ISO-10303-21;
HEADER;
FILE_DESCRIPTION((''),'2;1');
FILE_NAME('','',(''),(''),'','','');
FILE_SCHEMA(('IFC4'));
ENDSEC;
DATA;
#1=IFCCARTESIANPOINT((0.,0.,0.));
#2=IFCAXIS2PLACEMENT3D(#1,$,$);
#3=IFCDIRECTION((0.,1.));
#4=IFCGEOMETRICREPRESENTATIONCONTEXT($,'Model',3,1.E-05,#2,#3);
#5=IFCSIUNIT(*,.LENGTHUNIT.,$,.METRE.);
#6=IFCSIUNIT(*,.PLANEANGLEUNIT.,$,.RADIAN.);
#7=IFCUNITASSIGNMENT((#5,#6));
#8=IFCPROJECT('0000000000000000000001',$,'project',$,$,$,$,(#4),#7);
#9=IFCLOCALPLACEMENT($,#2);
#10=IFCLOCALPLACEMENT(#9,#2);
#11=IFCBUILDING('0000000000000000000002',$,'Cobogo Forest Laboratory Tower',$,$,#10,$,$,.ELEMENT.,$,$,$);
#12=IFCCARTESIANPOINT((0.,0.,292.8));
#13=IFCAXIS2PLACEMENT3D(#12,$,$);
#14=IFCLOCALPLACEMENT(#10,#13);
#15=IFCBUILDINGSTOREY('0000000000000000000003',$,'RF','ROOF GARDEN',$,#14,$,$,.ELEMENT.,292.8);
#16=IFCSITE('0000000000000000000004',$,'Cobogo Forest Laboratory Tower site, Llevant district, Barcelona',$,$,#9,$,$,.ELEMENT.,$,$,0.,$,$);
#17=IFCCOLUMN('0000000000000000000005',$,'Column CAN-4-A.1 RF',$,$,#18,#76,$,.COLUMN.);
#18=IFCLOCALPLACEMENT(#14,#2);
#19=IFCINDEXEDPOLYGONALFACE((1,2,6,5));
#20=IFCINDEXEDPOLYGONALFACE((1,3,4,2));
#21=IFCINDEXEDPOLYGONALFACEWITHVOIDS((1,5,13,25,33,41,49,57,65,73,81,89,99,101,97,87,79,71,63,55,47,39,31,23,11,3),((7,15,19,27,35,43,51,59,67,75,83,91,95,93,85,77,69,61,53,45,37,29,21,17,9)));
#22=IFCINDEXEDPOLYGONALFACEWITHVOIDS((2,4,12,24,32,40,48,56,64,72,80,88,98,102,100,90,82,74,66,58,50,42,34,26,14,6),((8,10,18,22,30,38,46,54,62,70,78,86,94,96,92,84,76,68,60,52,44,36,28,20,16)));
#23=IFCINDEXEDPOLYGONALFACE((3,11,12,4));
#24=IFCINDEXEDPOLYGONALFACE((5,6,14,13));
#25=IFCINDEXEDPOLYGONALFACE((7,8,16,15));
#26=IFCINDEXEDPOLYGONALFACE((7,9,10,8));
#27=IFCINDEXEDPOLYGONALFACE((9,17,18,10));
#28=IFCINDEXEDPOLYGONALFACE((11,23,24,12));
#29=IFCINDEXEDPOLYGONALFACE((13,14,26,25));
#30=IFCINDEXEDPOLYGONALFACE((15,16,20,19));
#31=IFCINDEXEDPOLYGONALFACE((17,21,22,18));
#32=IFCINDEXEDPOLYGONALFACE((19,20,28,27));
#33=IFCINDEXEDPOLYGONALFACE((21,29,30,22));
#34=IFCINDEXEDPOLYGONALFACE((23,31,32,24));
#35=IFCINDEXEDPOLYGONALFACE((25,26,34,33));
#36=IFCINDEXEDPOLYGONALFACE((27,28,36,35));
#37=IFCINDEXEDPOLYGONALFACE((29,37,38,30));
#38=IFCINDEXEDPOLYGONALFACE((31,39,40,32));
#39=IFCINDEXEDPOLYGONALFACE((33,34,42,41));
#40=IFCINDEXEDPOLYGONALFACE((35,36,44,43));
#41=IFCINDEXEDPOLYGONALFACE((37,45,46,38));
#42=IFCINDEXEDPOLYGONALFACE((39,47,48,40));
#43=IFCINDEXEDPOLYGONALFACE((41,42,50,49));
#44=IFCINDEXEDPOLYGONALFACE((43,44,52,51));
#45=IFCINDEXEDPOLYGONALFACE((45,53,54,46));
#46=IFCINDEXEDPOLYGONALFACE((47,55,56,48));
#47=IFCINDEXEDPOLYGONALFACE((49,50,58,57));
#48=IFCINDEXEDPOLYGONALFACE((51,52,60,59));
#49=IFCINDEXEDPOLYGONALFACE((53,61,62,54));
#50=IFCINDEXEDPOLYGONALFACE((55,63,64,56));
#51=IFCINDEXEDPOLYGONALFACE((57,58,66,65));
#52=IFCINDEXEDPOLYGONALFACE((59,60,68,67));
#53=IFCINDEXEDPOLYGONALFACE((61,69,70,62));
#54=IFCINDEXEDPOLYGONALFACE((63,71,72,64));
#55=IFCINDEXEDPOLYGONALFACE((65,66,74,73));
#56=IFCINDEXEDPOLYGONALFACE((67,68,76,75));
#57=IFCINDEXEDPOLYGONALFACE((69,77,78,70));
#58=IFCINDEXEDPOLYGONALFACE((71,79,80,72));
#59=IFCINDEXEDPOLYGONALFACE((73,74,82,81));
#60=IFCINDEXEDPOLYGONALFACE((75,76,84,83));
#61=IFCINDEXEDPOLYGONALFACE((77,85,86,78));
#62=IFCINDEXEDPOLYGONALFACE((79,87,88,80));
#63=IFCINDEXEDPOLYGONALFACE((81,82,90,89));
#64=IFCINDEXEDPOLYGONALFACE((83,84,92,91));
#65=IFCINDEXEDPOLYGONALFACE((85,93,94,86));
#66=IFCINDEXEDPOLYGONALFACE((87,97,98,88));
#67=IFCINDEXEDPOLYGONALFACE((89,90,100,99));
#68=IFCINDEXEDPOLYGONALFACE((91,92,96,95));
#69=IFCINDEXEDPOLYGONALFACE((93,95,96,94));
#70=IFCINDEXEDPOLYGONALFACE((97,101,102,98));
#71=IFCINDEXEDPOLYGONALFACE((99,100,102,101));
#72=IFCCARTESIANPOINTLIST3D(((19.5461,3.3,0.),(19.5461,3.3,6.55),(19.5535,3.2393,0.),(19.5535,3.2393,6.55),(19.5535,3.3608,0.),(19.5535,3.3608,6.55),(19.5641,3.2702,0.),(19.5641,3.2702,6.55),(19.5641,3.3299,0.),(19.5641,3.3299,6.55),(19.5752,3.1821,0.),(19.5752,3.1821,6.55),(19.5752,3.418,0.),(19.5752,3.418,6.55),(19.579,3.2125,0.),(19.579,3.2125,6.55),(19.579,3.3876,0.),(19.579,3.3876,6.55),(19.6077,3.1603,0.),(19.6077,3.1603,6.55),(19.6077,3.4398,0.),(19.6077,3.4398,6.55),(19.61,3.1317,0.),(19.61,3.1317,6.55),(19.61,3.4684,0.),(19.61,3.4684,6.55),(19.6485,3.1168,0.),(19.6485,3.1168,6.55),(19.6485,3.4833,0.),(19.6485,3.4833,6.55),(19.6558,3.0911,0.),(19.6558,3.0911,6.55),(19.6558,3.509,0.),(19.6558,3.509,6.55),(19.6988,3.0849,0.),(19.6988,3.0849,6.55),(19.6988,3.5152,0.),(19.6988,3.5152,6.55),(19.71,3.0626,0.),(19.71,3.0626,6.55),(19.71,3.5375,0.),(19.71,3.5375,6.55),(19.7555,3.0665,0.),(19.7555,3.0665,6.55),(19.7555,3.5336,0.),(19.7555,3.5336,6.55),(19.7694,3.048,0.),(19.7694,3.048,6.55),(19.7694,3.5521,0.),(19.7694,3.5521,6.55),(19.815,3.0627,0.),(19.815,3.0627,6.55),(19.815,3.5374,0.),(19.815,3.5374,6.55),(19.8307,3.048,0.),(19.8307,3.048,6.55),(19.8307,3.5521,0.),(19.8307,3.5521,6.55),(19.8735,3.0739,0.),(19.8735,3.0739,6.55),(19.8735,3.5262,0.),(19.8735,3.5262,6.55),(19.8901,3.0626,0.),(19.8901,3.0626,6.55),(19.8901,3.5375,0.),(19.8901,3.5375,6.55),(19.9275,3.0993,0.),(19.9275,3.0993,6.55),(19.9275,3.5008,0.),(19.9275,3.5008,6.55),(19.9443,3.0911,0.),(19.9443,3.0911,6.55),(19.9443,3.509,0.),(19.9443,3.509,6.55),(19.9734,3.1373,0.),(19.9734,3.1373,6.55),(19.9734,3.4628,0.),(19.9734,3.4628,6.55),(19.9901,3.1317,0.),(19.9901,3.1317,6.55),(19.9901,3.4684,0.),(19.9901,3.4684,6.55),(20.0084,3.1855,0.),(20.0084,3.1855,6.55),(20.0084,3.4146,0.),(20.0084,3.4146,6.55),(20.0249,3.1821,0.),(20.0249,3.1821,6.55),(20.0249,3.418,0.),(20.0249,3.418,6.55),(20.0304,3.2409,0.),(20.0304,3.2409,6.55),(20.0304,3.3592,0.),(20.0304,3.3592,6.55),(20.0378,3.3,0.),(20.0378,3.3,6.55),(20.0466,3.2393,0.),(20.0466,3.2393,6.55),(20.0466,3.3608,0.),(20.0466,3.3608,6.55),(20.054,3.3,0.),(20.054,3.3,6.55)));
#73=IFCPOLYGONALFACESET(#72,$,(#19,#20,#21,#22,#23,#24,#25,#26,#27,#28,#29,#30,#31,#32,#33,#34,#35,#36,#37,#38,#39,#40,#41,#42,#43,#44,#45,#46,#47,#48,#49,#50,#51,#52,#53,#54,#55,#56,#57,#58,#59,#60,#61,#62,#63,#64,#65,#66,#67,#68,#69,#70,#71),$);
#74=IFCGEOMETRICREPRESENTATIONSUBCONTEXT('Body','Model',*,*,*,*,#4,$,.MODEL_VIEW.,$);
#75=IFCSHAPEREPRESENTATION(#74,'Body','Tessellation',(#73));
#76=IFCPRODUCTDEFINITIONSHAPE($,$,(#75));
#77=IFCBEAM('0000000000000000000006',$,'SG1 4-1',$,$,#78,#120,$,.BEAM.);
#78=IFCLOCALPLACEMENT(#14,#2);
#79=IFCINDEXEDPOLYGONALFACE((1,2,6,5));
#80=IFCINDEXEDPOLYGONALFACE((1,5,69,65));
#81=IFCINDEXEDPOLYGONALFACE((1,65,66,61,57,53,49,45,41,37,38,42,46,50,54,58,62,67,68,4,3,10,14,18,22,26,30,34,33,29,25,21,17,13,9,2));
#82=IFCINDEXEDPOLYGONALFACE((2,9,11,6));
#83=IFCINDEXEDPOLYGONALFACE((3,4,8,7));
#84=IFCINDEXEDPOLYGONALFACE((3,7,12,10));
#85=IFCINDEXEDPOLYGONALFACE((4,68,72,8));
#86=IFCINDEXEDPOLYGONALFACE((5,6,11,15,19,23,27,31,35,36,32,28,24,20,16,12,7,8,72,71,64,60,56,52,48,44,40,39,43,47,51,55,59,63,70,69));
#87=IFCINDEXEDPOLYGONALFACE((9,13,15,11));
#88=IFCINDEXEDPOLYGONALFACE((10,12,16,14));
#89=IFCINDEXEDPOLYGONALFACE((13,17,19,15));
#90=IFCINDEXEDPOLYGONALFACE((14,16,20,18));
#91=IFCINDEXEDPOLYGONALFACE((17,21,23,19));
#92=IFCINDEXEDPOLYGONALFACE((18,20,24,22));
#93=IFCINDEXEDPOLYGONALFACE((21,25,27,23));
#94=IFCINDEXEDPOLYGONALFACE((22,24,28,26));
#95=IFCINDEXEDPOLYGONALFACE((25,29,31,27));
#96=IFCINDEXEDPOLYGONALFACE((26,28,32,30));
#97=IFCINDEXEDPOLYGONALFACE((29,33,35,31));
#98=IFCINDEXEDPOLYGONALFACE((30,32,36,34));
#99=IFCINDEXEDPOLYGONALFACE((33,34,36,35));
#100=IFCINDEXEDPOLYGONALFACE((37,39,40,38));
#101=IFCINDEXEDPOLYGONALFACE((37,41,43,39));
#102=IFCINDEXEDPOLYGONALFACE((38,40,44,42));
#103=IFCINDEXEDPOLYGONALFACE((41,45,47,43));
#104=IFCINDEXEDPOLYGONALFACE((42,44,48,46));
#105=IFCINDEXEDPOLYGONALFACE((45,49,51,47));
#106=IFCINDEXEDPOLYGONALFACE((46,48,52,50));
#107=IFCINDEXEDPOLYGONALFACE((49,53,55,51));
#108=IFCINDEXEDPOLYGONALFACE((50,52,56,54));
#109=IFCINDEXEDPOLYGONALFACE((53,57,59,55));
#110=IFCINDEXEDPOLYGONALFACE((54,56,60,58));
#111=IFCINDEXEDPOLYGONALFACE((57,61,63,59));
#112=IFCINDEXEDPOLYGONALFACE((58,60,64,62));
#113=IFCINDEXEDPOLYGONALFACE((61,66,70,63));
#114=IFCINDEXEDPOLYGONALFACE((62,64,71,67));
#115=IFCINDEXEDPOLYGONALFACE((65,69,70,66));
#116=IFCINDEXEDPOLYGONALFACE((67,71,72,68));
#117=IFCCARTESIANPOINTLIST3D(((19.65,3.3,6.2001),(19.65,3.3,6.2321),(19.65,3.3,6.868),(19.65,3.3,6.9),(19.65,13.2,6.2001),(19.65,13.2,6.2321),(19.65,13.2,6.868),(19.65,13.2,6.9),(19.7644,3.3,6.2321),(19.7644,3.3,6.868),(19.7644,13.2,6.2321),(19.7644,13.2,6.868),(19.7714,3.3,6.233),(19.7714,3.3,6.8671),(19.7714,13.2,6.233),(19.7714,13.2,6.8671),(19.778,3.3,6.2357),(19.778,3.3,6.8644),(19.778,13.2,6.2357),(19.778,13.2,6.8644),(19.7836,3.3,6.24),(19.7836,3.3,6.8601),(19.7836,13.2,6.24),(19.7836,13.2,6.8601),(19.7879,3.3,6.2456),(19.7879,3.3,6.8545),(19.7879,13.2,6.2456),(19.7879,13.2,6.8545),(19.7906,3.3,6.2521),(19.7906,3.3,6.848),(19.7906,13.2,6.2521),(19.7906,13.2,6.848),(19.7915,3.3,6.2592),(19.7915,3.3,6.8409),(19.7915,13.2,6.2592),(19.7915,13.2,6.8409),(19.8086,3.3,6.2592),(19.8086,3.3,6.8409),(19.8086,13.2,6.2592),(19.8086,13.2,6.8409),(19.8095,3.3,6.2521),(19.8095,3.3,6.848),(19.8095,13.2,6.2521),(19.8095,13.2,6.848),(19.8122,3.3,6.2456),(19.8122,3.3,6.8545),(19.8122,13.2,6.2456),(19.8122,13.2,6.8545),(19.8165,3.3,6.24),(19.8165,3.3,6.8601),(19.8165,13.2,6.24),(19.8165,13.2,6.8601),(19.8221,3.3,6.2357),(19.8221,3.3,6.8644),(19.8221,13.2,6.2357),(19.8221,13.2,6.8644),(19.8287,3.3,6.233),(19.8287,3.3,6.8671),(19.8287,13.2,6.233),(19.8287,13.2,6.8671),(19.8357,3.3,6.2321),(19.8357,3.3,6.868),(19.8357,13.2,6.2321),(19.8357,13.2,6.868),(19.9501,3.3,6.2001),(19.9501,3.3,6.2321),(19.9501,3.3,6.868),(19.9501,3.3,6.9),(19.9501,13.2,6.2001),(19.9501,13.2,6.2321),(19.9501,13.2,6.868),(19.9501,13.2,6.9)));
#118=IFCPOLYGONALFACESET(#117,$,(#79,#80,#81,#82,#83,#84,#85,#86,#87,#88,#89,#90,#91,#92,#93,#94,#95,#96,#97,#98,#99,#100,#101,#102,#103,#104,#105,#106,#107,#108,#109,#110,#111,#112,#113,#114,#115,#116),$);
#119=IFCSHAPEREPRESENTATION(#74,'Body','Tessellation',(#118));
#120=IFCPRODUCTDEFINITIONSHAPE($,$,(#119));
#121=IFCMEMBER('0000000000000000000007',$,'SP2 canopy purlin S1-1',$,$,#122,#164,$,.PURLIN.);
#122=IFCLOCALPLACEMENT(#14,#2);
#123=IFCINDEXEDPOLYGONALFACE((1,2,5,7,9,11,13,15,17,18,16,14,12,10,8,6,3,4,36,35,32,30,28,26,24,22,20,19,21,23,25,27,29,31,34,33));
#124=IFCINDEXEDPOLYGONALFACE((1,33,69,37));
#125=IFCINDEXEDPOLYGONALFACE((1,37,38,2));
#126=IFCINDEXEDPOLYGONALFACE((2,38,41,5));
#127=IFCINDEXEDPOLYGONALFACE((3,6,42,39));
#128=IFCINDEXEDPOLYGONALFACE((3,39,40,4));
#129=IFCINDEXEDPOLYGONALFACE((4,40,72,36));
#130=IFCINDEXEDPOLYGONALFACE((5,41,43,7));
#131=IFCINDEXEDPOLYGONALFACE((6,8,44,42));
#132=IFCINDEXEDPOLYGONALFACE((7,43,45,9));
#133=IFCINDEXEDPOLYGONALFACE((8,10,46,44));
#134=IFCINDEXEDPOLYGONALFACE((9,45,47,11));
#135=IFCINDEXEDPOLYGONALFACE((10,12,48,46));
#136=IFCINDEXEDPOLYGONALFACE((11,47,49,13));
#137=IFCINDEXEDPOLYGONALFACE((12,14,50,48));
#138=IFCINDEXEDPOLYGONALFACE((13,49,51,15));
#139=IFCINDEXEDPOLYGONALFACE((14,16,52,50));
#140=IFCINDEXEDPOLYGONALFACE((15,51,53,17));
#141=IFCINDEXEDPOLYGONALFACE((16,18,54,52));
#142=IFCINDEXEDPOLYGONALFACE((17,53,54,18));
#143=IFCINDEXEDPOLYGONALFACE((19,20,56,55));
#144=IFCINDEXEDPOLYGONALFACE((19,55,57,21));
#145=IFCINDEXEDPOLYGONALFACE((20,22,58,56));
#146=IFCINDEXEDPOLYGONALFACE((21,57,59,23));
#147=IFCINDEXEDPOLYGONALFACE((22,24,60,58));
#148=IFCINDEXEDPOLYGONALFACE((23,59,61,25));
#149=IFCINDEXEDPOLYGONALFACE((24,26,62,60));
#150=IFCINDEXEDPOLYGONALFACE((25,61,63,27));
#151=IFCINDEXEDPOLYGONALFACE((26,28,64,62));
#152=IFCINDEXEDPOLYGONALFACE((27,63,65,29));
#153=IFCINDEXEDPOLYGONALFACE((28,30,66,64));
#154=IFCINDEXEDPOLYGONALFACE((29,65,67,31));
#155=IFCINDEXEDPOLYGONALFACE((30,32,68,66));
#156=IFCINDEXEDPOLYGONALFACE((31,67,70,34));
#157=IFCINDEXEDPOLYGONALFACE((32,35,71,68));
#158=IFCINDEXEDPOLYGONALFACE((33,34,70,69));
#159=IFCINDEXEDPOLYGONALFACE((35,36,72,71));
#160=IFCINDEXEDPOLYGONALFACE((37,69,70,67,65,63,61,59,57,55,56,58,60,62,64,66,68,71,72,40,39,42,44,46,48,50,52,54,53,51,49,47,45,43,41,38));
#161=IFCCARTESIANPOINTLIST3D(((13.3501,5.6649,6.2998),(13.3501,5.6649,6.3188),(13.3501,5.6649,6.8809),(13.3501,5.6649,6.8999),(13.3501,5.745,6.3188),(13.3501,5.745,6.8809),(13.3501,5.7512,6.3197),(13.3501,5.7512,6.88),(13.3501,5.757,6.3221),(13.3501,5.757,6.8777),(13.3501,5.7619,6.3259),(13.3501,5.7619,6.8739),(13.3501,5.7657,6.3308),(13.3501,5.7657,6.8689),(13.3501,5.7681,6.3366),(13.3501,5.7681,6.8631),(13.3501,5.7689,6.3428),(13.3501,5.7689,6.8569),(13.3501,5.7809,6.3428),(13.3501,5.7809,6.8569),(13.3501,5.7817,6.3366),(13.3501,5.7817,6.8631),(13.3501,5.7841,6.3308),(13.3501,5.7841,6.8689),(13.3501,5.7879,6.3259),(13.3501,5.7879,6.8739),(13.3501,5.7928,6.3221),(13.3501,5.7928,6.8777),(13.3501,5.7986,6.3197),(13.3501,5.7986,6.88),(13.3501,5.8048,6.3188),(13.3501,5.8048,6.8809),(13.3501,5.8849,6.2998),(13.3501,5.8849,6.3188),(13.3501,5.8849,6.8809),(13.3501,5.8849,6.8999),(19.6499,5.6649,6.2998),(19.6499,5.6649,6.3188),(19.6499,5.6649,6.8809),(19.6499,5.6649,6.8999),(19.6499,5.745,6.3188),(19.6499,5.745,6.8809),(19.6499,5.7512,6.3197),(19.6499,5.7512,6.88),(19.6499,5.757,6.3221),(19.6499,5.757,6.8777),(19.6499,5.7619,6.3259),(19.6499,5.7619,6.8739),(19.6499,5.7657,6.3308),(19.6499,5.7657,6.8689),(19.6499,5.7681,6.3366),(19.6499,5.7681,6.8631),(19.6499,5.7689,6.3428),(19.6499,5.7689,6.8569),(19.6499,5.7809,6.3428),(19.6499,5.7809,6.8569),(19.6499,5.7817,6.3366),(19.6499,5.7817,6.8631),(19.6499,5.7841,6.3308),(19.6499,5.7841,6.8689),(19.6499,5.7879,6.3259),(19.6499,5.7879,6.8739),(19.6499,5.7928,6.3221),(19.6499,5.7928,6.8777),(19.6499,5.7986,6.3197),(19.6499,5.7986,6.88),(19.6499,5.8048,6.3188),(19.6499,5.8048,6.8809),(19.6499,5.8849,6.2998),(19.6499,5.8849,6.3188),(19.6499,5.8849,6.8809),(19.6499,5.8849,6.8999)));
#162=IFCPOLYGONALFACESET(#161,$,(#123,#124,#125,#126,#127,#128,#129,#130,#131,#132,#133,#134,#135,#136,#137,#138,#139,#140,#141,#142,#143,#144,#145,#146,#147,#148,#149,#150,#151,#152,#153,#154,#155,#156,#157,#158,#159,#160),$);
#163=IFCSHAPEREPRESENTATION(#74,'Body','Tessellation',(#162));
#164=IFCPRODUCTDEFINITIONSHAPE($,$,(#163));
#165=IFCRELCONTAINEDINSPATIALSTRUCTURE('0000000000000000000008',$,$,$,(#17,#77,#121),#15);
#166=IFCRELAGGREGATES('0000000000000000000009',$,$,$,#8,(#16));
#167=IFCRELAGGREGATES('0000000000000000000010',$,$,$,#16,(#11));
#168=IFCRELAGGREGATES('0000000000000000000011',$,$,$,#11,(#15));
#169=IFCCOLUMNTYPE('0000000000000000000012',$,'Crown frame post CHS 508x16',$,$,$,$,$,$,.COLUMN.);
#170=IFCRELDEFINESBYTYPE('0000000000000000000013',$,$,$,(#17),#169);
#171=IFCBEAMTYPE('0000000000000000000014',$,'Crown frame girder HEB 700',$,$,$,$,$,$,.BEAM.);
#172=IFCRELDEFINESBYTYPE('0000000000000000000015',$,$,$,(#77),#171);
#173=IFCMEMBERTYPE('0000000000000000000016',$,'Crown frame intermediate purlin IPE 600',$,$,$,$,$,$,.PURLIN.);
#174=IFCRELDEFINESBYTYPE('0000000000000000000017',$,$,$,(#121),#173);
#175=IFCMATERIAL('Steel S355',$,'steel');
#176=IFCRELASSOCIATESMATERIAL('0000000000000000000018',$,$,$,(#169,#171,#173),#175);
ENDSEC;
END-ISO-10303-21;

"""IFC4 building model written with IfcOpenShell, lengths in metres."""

from ifc_helpers import new_model, si_unit, direction, frame, origin, origin_2d, place, context, subcontext, project, spatial, hollow_circle, i_section, extrude, material, material_profile, profile_set, type_object, element, save


model = new_model("IFC4")

# Units and contexts
model_context = context("Model", 3, precision=1e-05, world=origin(), true_north=direction((0.0, 1.0)))
body_context = subcontext(model_context, "Body", "Model", "MODEL_VIEW")
ifc_project = project(units=[si_unit("LENGTHUNIT", "METRE"), si_unit("PLANEANGLEUNIT", "RADIAN")], contexts=[model_context])

# Site, building, storey
site_placement = place(None, origin())
site = spatial("IfcSite", under=ifc_project, at=site_placement, Name="Cobogo Forest Laboratory Tower site, Llevant district, Barcelona", CompositionType="ELEMENT", RefElevation=0.0)
building_placement = place(site_placement, origin())
building = spatial("IfcBuilding", under=site, at=building_placement, Name="Cobogo Forest Laboratory Tower", CompositionType="ELEMENT")
storey_placement = place(building_placement, frame((0.0, 0.0, 292.8)))
storey = spatial("IfcBuildingStorey", under=building, at=storey_placement, Name="RF", Description="ROOF GARDEN", CompositionType="ELEMENT", Elevation=292.8)

# Column
ifc_material_1 = material(Name="Steel S355", Category="steel")
ifc_material_profile_1 = material_profile(ifc_material_1, hollow_circle(Radius=0.2539, WallThickness=0.0161, at=origin_2d()), Name="CHS 508x16")
ifc_profile_set_1 = profile_set([ifc_material_profile_1], Name="Steel S355")
column_type = type_object("IfcColumnType", Name="Crown frame post CHS 508x16", PredefinedType="COLUMN", material=ifc_profile_set_1)
column_placement = place(storey_placement, frame((19.8, 3.3, 0.0), z_axis=(0.0, 0.0, 1.0), x_axis=(1.0, 0.0, 0.0)))
element("IfcColumn", 1, at=column_placement, inside=storey, type_object=column_type, Name="Column CAN-4-A.1 RF", PredefinedType="COLUMN", context=body_context, shape_type="SweptSolid", body=[
    extrude(hollow_circle(Radius=0.2539, WallThickness=0.0161, at=origin_2d()), origin(), (0.0, 0.0, 1.0), 6.55),
])

# Beam
ifc_material_profile_2 = material_profile(ifc_material_1, i_section(OverallWidth=0.3, OverallDepth=0.7, WebThickness=0.0171, FlangeThickness=0.032, FilletRadius=0.0271, at=origin_2d()), Name="HEB 700")
ifc_profile_set_2 = profile_set([ifc_material_profile_2], Name="Steel S355")
beam_type_1 = type_object("IfcBeamType", Name="Crown frame girder HEB 700", PredefinedType="BEAM", material=ifc_profile_set_2)
beam_1_placement = place(storey_placement, frame((19.8, 3.3, 6.55), z_axis=(0.0, 1.0, 0.0), x_axis=(-1.0, 0.0, 0.0)))
element("IfcBeam", 2, at=beam_1_placement, inside=storey, type_object=beam_type_1, Name="SG1 4-1", PredefinedType="BEAM", context=body_context, shape_type="SweptSolid", body=[
    extrude(i_section(OverallWidth=0.3, OverallDepth=0.7, WebThickness=0.0171, FlangeThickness=0.032, FilletRadius=0.0271, at=origin_2d()), origin(), (0.0, 0.0, 1.0), 9.8999),
])

# Member
ifc_material_profile_3 = material_profile(ifc_material_1, i_section(OverallWidth=0.22, OverallDepth=0.6001, WebThickness=0.012, FlangeThickness=0.019, FilletRadius=0.0239, at=origin_2d()), Name="IPE 600")
ifc_profile_set_3 = profile_set([ifc_material_profile_3], Name="Steel S355")
member_type_1 = type_object("IfcMemberType", Name="Crown frame intermediate purlin IPE 600", PredefinedType="PURLIN", material=ifc_profile_set_3)
member_1_placement = place(storey_placement, frame((13.3501, 5.7749, 6.5999), z_axis=(1.0, 0.0, 0.0), x_axis=(0.0, 1.0, 0.0)))
element("IfcMember", 3, at=member_1_placement, inside=storey, type_object=member_type_1, Name="SP2 canopy purlin S1-1", PredefinedType="PURLIN", context=body_context, shape_type="SweptSolid", body=[
    extrude(i_section(OverallWidth=0.22, OverallDepth=0.6001, WebThickness=0.012, FlangeThickness=0.019, FilletRadius=0.0239, at=origin_2d()), origin(), (0.0, 0.0, 1.0), 6.2998),
])

save(model, "model.ifc")
